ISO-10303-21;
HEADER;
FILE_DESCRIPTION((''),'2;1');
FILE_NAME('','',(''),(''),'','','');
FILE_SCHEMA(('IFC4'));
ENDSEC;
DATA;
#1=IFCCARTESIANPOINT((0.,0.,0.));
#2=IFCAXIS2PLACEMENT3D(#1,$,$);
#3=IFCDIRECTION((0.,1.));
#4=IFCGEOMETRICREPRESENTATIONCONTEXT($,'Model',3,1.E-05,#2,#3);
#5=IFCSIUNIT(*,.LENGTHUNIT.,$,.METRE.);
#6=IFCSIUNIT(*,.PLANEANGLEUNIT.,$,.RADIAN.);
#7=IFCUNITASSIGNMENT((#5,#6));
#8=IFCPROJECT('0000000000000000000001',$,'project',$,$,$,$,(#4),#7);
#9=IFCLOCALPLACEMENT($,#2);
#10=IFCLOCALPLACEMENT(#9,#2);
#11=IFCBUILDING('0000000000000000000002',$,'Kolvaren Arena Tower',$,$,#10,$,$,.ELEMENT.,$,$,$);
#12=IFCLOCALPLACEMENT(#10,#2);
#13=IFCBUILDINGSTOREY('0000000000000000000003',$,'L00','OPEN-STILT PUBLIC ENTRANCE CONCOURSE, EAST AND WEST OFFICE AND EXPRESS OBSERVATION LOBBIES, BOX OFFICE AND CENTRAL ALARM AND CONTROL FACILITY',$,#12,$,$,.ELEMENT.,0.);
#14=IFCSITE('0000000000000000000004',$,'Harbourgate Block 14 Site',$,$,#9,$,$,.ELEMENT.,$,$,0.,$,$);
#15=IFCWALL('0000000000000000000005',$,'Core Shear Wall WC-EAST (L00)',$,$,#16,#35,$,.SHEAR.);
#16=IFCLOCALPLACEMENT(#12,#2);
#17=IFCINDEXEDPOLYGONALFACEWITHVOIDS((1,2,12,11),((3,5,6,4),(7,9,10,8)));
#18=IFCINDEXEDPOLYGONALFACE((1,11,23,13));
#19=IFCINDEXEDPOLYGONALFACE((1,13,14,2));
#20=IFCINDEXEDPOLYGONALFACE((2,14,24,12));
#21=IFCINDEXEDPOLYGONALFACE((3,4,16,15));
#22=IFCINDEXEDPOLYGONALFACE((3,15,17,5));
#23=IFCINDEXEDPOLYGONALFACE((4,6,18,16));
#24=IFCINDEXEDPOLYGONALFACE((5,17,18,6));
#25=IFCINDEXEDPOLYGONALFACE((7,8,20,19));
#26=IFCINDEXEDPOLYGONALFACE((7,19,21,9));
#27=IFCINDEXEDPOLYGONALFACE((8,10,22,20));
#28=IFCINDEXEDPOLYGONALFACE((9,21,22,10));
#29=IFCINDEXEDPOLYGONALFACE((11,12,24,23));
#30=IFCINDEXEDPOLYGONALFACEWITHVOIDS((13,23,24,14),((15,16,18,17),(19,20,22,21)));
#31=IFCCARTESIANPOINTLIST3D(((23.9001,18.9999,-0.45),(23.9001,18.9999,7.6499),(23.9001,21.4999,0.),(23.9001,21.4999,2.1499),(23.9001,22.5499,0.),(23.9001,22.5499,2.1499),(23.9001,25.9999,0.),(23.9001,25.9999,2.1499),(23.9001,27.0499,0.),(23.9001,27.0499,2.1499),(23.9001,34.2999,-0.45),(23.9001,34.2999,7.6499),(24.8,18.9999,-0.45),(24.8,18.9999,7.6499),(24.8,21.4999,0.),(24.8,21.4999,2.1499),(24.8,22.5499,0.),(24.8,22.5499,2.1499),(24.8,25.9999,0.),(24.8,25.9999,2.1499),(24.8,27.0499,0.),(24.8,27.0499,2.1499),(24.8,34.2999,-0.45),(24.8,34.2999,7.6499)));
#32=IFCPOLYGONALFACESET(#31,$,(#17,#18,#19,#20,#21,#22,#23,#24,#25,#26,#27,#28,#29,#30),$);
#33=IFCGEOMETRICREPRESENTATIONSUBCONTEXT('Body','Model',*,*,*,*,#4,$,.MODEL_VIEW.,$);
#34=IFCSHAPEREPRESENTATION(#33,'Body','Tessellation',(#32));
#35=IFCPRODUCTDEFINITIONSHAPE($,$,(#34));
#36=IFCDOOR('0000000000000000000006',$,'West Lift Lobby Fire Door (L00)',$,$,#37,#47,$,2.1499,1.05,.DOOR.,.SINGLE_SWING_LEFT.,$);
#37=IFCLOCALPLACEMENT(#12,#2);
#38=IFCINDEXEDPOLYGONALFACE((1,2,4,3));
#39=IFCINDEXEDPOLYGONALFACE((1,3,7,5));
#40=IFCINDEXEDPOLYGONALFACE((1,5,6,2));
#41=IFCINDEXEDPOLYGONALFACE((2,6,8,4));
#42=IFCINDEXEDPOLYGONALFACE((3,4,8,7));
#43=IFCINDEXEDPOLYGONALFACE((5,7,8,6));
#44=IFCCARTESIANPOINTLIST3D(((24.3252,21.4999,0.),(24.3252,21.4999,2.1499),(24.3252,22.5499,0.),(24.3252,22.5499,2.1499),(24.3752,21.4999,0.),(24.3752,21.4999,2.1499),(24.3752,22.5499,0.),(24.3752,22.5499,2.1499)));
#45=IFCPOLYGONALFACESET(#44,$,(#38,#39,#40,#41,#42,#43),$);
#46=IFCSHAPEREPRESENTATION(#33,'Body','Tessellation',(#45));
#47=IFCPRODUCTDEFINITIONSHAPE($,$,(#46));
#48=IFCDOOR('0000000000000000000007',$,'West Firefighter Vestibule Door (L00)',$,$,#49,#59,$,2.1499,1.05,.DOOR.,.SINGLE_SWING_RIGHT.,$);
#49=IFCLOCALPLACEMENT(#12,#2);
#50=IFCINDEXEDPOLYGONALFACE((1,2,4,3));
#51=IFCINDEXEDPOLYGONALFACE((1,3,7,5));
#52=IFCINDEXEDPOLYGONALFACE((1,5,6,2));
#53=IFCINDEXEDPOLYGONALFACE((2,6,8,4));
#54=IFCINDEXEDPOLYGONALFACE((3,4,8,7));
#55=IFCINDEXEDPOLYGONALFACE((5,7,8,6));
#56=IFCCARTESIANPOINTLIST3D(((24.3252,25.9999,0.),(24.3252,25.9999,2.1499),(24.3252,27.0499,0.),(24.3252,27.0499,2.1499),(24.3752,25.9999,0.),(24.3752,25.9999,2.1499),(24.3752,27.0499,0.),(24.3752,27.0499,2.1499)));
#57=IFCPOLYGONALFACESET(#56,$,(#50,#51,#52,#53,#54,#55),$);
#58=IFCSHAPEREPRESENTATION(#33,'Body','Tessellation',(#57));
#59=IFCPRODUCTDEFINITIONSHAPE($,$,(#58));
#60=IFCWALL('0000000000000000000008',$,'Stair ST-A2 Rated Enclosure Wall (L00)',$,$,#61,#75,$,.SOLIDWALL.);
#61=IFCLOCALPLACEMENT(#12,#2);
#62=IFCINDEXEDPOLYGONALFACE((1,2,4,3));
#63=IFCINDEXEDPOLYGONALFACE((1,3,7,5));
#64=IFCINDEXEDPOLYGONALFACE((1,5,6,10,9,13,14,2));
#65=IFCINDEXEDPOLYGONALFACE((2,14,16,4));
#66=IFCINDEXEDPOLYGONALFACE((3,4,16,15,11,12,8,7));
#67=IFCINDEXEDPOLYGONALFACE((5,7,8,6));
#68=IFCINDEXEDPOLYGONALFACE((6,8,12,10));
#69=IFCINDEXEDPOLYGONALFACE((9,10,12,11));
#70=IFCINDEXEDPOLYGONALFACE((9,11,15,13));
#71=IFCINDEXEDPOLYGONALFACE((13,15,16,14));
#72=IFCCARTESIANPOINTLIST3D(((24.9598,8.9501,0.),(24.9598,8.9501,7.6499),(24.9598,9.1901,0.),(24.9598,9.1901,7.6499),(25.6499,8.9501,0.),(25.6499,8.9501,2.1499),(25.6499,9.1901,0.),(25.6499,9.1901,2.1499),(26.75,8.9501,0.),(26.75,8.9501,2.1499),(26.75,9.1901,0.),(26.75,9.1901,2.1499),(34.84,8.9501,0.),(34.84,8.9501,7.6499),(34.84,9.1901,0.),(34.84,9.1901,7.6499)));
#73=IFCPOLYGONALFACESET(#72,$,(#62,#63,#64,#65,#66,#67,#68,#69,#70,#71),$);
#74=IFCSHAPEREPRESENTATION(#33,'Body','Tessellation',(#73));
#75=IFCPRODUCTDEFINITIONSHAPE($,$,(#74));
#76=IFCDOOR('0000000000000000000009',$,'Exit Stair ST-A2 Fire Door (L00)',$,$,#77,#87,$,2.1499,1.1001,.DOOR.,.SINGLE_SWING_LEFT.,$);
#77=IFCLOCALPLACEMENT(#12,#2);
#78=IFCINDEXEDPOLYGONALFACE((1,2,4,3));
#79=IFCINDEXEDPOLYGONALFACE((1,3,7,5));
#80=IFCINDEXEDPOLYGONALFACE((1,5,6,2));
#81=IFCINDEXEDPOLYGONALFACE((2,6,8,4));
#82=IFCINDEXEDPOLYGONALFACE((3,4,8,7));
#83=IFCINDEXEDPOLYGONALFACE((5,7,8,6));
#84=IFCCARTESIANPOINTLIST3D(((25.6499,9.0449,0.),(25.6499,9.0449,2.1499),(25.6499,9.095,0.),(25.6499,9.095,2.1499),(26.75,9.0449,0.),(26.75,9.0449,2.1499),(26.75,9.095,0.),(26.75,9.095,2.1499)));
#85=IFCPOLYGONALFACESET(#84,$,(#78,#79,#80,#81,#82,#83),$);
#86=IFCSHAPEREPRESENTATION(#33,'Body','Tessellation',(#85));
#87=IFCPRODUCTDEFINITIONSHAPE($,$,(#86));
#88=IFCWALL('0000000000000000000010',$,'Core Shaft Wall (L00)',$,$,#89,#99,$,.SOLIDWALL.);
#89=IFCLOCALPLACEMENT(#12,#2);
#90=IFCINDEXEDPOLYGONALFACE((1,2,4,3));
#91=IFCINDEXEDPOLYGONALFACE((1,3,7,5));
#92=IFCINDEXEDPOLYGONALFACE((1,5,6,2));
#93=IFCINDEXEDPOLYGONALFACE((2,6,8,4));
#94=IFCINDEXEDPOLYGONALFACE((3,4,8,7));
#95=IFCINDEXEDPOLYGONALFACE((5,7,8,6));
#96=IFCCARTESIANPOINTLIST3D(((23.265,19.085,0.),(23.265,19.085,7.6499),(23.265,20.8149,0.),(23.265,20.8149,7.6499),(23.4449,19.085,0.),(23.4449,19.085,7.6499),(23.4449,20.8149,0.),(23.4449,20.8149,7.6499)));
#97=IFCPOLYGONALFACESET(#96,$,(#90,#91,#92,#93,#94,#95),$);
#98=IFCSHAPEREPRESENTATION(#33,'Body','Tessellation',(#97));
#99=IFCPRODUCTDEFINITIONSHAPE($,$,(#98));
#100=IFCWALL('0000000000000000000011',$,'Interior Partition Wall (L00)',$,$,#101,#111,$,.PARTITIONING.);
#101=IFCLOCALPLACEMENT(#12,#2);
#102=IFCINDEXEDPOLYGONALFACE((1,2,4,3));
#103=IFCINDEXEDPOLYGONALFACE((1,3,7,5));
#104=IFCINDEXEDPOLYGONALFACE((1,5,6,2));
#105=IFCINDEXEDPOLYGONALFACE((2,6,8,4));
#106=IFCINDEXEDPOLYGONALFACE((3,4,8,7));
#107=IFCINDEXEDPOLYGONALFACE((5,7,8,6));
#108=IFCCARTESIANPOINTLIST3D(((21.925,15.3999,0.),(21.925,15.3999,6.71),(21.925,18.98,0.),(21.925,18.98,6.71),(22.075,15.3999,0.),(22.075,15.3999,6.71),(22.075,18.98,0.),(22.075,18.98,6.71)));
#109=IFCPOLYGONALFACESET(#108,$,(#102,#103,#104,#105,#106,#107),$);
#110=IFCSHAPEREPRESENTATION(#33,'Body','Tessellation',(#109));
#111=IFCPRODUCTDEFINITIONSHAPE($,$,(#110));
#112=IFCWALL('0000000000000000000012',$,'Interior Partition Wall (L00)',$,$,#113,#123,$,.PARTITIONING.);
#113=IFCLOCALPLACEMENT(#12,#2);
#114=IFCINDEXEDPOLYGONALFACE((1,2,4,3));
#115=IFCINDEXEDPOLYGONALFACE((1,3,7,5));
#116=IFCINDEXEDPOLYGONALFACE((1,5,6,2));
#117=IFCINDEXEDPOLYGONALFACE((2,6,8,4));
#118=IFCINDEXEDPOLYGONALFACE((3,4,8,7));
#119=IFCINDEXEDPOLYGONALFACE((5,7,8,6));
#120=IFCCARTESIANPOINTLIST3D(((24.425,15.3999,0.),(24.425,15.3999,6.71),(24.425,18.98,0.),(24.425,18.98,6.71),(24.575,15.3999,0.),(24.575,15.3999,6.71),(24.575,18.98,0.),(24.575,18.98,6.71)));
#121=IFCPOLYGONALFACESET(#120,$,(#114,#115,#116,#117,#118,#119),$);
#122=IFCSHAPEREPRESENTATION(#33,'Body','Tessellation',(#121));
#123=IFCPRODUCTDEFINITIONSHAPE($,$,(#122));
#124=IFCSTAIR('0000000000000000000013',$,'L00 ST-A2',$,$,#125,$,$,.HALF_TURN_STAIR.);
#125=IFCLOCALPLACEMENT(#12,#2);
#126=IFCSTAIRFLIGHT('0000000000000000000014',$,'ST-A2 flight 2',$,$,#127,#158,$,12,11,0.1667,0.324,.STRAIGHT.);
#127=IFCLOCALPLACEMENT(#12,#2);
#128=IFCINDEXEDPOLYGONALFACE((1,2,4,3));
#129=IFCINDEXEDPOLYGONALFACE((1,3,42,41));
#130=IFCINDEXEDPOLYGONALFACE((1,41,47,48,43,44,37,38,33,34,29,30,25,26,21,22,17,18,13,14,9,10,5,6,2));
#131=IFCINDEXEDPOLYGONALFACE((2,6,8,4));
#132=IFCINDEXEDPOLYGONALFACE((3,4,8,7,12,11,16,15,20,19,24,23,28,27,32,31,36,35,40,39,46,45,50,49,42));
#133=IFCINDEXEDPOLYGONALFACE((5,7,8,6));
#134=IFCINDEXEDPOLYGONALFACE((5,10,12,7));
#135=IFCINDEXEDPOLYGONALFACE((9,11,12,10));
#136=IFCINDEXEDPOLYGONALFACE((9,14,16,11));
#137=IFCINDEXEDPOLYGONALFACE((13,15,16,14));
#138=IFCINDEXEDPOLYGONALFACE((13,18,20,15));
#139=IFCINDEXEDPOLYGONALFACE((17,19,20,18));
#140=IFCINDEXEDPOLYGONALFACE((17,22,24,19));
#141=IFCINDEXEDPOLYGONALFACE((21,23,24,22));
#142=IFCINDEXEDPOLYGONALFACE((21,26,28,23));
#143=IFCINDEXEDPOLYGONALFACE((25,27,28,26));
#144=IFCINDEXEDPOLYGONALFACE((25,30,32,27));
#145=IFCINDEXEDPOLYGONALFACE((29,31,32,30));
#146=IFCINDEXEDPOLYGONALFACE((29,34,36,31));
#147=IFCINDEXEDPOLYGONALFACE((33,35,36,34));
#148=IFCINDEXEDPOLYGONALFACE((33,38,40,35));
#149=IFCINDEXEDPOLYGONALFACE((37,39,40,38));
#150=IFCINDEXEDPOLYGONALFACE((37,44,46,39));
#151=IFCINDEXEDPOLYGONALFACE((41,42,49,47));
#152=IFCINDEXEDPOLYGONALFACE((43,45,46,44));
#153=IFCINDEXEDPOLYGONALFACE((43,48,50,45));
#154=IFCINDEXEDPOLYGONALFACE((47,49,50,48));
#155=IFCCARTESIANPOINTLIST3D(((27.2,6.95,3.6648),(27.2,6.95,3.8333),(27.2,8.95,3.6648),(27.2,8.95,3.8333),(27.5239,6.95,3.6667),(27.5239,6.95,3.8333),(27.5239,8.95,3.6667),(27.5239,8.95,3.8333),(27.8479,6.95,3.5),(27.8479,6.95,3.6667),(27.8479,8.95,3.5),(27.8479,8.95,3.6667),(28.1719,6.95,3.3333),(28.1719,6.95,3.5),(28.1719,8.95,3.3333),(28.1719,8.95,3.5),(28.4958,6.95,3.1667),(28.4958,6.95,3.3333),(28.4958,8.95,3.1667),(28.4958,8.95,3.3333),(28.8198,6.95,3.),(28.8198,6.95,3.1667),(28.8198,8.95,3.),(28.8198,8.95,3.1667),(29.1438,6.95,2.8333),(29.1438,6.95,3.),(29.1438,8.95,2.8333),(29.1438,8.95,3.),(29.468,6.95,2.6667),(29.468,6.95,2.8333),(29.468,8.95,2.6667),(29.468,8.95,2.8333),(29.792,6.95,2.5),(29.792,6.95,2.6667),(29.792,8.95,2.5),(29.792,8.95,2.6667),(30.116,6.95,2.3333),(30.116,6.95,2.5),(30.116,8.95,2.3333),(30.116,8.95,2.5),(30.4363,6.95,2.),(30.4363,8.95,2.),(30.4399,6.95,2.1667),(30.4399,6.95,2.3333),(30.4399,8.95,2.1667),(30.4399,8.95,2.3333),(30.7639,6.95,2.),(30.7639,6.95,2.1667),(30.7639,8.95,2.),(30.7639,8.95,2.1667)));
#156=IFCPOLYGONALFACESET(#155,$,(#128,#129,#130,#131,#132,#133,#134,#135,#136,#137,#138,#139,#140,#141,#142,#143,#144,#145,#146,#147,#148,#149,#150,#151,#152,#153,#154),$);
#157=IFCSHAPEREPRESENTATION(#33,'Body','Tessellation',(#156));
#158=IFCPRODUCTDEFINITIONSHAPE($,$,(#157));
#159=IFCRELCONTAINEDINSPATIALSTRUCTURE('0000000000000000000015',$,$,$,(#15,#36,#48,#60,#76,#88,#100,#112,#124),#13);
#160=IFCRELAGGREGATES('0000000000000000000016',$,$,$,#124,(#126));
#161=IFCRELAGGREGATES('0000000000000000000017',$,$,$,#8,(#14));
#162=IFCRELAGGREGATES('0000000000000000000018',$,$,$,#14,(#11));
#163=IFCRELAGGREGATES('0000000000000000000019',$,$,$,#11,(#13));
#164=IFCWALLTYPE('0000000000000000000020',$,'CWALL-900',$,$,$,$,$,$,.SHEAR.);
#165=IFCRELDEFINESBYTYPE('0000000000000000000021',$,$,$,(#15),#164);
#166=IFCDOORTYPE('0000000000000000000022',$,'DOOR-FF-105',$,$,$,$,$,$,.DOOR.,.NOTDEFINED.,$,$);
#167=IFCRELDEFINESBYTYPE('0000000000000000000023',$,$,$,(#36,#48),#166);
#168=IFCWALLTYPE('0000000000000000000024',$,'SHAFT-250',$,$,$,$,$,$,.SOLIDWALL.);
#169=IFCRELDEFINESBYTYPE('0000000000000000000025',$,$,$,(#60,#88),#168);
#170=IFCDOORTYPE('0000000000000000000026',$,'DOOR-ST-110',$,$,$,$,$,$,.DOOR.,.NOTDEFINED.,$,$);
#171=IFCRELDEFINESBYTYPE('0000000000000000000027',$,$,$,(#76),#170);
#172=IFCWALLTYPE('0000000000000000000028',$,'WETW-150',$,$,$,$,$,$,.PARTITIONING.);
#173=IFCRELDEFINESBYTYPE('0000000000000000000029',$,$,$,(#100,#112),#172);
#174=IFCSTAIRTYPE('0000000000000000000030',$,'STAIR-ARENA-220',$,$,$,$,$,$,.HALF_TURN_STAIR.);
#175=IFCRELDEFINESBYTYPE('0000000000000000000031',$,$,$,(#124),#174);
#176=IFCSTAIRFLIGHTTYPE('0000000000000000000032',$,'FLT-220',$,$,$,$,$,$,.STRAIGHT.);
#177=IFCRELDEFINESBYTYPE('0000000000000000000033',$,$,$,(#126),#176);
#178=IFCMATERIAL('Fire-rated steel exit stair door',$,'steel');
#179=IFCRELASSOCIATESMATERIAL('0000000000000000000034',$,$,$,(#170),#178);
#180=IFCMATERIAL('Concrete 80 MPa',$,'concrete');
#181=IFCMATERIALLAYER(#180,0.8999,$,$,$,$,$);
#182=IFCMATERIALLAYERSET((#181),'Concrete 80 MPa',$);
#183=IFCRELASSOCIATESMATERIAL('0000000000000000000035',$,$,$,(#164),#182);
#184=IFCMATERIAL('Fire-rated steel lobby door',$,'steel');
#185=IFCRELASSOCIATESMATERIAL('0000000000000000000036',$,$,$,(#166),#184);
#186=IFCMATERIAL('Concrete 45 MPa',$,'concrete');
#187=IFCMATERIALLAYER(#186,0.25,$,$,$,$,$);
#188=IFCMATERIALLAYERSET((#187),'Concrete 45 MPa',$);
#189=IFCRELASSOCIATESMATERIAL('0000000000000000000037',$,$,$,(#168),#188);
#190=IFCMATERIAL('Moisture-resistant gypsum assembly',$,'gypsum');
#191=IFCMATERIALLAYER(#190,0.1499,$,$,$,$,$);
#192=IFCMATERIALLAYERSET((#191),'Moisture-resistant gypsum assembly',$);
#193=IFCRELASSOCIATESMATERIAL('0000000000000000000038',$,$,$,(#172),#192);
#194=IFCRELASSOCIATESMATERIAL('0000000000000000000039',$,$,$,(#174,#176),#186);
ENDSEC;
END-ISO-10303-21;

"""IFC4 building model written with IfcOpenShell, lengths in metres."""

from ifc_helpers import new_model, si_unit, direction, frame, frame_2d, origin, place, context, subcontext, project, spatial, polyline, rectangle, outline, extrude, material, layer, layer_set, type_object, element, fill, aggregate, save


model = new_model("IFC4")

# Units and contexts
model_context = context("Model", 3, precision=1e-05, world=origin(), true_north=direction((0.0, 1.0)))
body_context = subcontext(model_context, "Body", "Model", "MODEL_VIEW")
ifc_project = project(units=[si_unit("LENGTHUNIT", "METRE"), si_unit("PLANEANGLEUNIT", "RADIAN")], contexts=[model_context])

# Site, building, storey
site_placement = place(None, origin())
site = spatial("IfcSite", under=ifc_project, at=site_placement, Name="Harbourgate Block 14 Site", CompositionType="ELEMENT", RefElevation=0.0)
building_placement = place(site_placement, origin())
building = spatial("IfcBuilding", under=site, at=building_placement, Name="Kolvaren Arena Tower", CompositionType="ELEMENT")
storey_placement = place(building_placement, origin())
storey = spatial("IfcBuildingStorey", under=building, at=storey_placement, Name="L00", Description="OPEN-STILT PUBLIC ENTRANCE CONCOURSE, EAST AND WEST OFFICE AND EXPRESS OBSERVATION LOBBIES, BOX OFFICE AND CENTRAL ALARM AND CONTROL FACILITY", CompositionType="ELEMENT", Elevation=0.0)

# Shared definitions
ifc_material_1 = material(Name="Concrete 80 MPa", Category="concrete")

# Shared definitions
ifc_material_2 = material(Name="Fire-rated steel exit stair door", Category="steel")
door_type_1 = type_object("IfcDoorType", Name="DOOR-ST-110", OperationType="NOTDEFINED", PredefinedType="DOOR", material=ifc_material_2)

# Wall, openings, doors
ifc_layer_1 = layer(ifc_material_1, 0.8999)
ifc_layer_set_1 = layer_set([ifc_layer_1], Name="Concrete 80 MPa")
wall_type_1 = type_object("IfcWallType", Name="CWALL-900", PredefinedType="SHEAR", material=ifc_layer_set_1)
wall_1_placement = place(storey_placement, frame((24.3501, 19.0, -0.45), z_axis=(0.0, 0.0, 1.0), x_axis=(0.0, 1.0, 0.0)))
wall_1 = element("IfcWall", 1, at=wall_1_placement, inside=storey, type_object=wall_type_1, Name="Core Shear Wall WC-EAST (L00)", PredefinedType="SHEAR", context=body_context, shape_type="SweptSolid", body=[
    extrude(rectangle(XDim=15.3, YDim=0.8999, at=frame_2d((7.6499, 0.0))), origin(), (0.0, 0.0, 1.0), 8.0999),
])
opening_1_placement = place(wall_1_placement, frame((2.5, 0.0, 0.45)))
opening_1 = element("IfcOpeningElement", 2, at=opening_1_placement, cuts=wall_1, PredefinedType="OPENING", context=body_context, shape_type="SweptSolid", body=[
    extrude(rectangle(XDim=1.05, YDim=2.1499, at=frame_2d((0.5249, 1.075))), frame((0.0, 0.46, 0.0), z_axis=(0.0, -1.0, 0.0), x_axis=(1.0, 0.0, 0.0)), (0.0, 0.0, 1.0), 0.9199),
])
opening_2_placement = place(wall_1_placement, frame((7.0, 0.0, 0.45)))
opening_2 = element("IfcOpeningElement", 3, at=opening_2_placement, cuts=wall_1, PredefinedType="OPENING", context=body_context, shape_type="SweptSolid", body=[
    extrude(rectangle(XDim=1.05, YDim=2.1499, at=frame_2d((0.5249, 1.075))), frame((0.0, 0.46, 0.0), z_axis=(0.0, -1.0, 0.0), x_axis=(1.0, 0.0, 0.0)), (0.0, 0.0, 1.0), 0.9199),
])
ifc_material_3 = material(Name="Fire-rated steel lobby door", Category="steel")
door_type_2 = type_object("IfcDoorType", Name="DOOR-FF-105", OperationType="NOTDEFINED", PredefinedType="DOOR", material=ifc_material_3)
door_1_placement = place(opening_1_placement, origin())
door_1 = element("IfcDoor", 4, at=door_1_placement, inside=storey, type_object=door_type_2, Name="West Lift Lobby Fire Door (L00)", OperationType="SINGLE_SWING_LEFT", OverallHeight=2.1499, OverallWidth=1.05, PredefinedType="DOOR", context=body_context, shape_type="SweptSolid", body=[
    extrude(rectangle(XDim=1.05, YDim=2.1499, at=frame_2d((0.5249, 1.075))), frame((0.0, 0.0249, 0.0), z_axis=(0.0, -1.0, 0.0), x_axis=(1.0, 0.0, 0.0)), (0.0, 0.0, 1.0), 0.05),
])
fill(opening_1, door_1)
door_2_placement = place(opening_2_placement, origin())
door_2 = element("IfcDoor", 5, at=door_2_placement, inside=storey, type_object=door_type_2, Name="West Firefighter Vestibule Door (L00)", OperationType="SINGLE_SWING_RIGHT", OverallHeight=2.1499, OverallWidth=1.05, PredefinedType="DOOR", context=body_context, shape_type="SweptSolid", body=[
    extrude(rectangle(XDim=1.05, YDim=2.1499, at=frame_2d((0.5249, 1.075))), frame((0.0, 0.0249, 0.0), z_axis=(0.0, -1.0, 0.0), x_axis=(1.0, 0.0, 0.0)), (0.0, 0.0, 1.0), 0.05),
])
fill(opening_2, door_2)

# Wall, opening, door
ifc_material_4 = material(Name="Concrete 45 MPa", Category="concrete")
ifc_layer_2 = layer(ifc_material_4, 0.25)
ifc_layer_set_2 = layer_set([ifc_layer_2], Name="Concrete 45 MPa")
wall_type_2 = type_object("IfcWallType", Name="SHAFT-250", PredefinedType="SOLIDWALL", material=ifc_layer_set_2)
wall_2_placement = place(storey_placement, frame((24.96, 9.0701, 0.0), z_axis=(0.0, 0.0, 1.0), x_axis=(1.0, 0.0, 0.0)))
wall_2 = element("IfcWall", 6, at=wall_2_placement, inside=storey, type_object=wall_type_2, Name="Stair ST-A2 Rated Enclosure Wall (L00)", PredefinedType="SOLIDWALL", context=body_context, shape_type="SweptSolid", body=[
    extrude(rectangle(XDim=9.8801, YDim=0.24, at=frame_2d((4.9399, 0.0))), origin(), (0.0, 0.0, 1.0), 7.6499),
])
opening_3_placement = place(wall_2_placement, frame((0.6899, 0.0, 0.0)))
opening_3 = element("IfcOpeningElement", 7, at=opening_3_placement, cuts=wall_2, PredefinedType="OPENING", context=body_context, shape_type="SweptSolid", body=[
    extrude(rectangle(XDim=1.1001, YDim=2.1499, at=frame_2d((0.55, 1.075))), frame((0.0, 0.1299, 0.0), z_axis=(0.0, -1.0, 0.0), x_axis=(1.0, 0.0, 0.0)), (0.0, 0.0, 1.0), 0.26),
])
door_3_placement = place(opening_3_placement, origin())
door_3 = element("IfcDoor", 8, at=door_3_placement, inside=storey, type_object=door_type_1, Name="Exit Stair ST-A2 Fire Door (L00)", OperationType="SINGLE_SWING_LEFT", OverallHeight=2.1499, OverallWidth=1.1001, PredefinedType="DOOR", context=body_context, shape_type="SweptSolid", body=[
    extrude(rectangle(XDim=1.1001, YDim=2.1499, at=frame_2d((0.55, 1.075))), frame((0.0, 0.0249, 0.0), z_axis=(0.0, -1.0, 0.0), x_axis=(1.0, 0.0, 0.0)), (0.0, 0.0, 1.0), 0.05),
])
fill(opening_3, door_3)

# Walls
wall_3_placement = place(storey_placement, frame((23.355, 19.085, 0.0), z_axis=(0.0, 0.0, 1.0), x_axis=(0.0, 1.0, 0.0)))
element("IfcWall", 9, at=wall_3_placement, inside=storey, type_object=wall_type_2, Name="Core Shaft Wall (L00)", PredefinedType="SOLIDWALL", context=body_context, shape_type="SweptSolid", body=[
    extrude(rectangle(XDim=1.73, YDim=0.1799, at=frame_2d((0.865, 0.0))), origin(), (0.0, 0.0, 1.0), 7.6499),
])
ifc_material_5 = material(Name="Moisture-resistant gypsum assembly", Category="gypsum")
ifc_layer_3 = layer(ifc_material_5, 0.1499)
ifc_layer_set_3 = layer_set([ifc_layer_3], Name="Moisture-resistant gypsum assembly")
wall_type_3 = type_object("IfcWallType", Name="WETW-150", PredefinedType="PARTITIONING", material=ifc_layer_set_3)
for number, where, z_axis, x_axis, name in (
    (10, (22.0, 15.3999, 0.0), (0.0, 0.0, 1.0), (0.0, 1.0, 0.0), "Interior Partition Wall (L00)"),
    (11, (24.5, 15.3999, 0.0), (0.0, 0.0, 1.0), (0.0, 1.0, 0.0), "Interior Partition Wall (L00)"),
):
    element("IfcWall", number, at=place(storey_placement, frame(where, z_axis=z_axis, x_axis=x_axis)), inside=storey, type_object=wall_type_3, Name=name, PredefinedType="PARTITIONING", context=body_context, shape_type="SweptSolid", body=[
        extrude(rectangle(XDim=3.5801, YDim=0.1499, at=frame_2d((1.79, 0.0))), origin(), (0.0, 0.0, 1.0), 6.71),
    ])

# Stair, stair flight
stair_type = type_object("IfcStairType", Name="STAIR-ARENA-220", PredefinedType="HALF_TURN_STAIR", material=ifc_material_4)
stair_placement = place(storey_placement, origin())
stair = element("IfcStair", 12, at=stair_placement, inside=storey, type_object=stair_type, Name="L00 ST-A2", PredefinedType="HALF_TURN_STAIR")
stair_flight_type = type_object("IfcStairFlightType", Name="FLT-220", PredefinedType="STRAIGHT", material=ifc_material_4)
stair_flight_1_placement = place(storey_placement, frame((30.7639, 7.95, 2.0), z_axis=(0.0, 0.0, 1.0), x_axis=(-1.0, 0.0, 0.0)))
stair_flight_1 = element("IfcStairFlight", 13, at=stair_flight_1_placement, type_object=stair_flight_type, Name="ST-A2 flight 2", NumberOfRisers=12, NumberOfTreads=11, PredefinedType="STRAIGHT", RiserHeight=0.1667, TreadLength=0.324, context=body_context, shape_type="SweptSolid", body=[
    extrude(outline(polyline([(0.0, 0.0), (0.0, 0.1667), (0.324, 0.1667), (0.324, 0.3333), (0.6479, 0.3333), (0.6479, 0.5), (0.9719, 0.5), (0.9719, 0.6667), (1.2959, 0.6667), (1.2959, 0.8333), (1.6201, 0.8333), (1.6201, 1.0), (1.9441, 1.0), (1.9441, 1.1667), (2.2681, 1.1667), (2.2681, 1.3333), (2.592, 1.3333), (2.592, 1.5), (2.916, 1.5), (2.916, 1.6667), (3.24, 1.6667), (3.24, 1.8333), (3.564, 1.8333), (3.564, 2.0), (3.564, 1.6648), (0.3276, 0.0), (0.0, 0.0)])), frame((0.0, 1.0, 0.0), z_axis=(0.0, -1.0, 0.0), x_axis=(1.0, 0.0, 0.0)), (0.0, 0.0, 1.0), 2.0),
])
aggregate(stair, [stair_flight_1])

save(model, "model.ifc")
